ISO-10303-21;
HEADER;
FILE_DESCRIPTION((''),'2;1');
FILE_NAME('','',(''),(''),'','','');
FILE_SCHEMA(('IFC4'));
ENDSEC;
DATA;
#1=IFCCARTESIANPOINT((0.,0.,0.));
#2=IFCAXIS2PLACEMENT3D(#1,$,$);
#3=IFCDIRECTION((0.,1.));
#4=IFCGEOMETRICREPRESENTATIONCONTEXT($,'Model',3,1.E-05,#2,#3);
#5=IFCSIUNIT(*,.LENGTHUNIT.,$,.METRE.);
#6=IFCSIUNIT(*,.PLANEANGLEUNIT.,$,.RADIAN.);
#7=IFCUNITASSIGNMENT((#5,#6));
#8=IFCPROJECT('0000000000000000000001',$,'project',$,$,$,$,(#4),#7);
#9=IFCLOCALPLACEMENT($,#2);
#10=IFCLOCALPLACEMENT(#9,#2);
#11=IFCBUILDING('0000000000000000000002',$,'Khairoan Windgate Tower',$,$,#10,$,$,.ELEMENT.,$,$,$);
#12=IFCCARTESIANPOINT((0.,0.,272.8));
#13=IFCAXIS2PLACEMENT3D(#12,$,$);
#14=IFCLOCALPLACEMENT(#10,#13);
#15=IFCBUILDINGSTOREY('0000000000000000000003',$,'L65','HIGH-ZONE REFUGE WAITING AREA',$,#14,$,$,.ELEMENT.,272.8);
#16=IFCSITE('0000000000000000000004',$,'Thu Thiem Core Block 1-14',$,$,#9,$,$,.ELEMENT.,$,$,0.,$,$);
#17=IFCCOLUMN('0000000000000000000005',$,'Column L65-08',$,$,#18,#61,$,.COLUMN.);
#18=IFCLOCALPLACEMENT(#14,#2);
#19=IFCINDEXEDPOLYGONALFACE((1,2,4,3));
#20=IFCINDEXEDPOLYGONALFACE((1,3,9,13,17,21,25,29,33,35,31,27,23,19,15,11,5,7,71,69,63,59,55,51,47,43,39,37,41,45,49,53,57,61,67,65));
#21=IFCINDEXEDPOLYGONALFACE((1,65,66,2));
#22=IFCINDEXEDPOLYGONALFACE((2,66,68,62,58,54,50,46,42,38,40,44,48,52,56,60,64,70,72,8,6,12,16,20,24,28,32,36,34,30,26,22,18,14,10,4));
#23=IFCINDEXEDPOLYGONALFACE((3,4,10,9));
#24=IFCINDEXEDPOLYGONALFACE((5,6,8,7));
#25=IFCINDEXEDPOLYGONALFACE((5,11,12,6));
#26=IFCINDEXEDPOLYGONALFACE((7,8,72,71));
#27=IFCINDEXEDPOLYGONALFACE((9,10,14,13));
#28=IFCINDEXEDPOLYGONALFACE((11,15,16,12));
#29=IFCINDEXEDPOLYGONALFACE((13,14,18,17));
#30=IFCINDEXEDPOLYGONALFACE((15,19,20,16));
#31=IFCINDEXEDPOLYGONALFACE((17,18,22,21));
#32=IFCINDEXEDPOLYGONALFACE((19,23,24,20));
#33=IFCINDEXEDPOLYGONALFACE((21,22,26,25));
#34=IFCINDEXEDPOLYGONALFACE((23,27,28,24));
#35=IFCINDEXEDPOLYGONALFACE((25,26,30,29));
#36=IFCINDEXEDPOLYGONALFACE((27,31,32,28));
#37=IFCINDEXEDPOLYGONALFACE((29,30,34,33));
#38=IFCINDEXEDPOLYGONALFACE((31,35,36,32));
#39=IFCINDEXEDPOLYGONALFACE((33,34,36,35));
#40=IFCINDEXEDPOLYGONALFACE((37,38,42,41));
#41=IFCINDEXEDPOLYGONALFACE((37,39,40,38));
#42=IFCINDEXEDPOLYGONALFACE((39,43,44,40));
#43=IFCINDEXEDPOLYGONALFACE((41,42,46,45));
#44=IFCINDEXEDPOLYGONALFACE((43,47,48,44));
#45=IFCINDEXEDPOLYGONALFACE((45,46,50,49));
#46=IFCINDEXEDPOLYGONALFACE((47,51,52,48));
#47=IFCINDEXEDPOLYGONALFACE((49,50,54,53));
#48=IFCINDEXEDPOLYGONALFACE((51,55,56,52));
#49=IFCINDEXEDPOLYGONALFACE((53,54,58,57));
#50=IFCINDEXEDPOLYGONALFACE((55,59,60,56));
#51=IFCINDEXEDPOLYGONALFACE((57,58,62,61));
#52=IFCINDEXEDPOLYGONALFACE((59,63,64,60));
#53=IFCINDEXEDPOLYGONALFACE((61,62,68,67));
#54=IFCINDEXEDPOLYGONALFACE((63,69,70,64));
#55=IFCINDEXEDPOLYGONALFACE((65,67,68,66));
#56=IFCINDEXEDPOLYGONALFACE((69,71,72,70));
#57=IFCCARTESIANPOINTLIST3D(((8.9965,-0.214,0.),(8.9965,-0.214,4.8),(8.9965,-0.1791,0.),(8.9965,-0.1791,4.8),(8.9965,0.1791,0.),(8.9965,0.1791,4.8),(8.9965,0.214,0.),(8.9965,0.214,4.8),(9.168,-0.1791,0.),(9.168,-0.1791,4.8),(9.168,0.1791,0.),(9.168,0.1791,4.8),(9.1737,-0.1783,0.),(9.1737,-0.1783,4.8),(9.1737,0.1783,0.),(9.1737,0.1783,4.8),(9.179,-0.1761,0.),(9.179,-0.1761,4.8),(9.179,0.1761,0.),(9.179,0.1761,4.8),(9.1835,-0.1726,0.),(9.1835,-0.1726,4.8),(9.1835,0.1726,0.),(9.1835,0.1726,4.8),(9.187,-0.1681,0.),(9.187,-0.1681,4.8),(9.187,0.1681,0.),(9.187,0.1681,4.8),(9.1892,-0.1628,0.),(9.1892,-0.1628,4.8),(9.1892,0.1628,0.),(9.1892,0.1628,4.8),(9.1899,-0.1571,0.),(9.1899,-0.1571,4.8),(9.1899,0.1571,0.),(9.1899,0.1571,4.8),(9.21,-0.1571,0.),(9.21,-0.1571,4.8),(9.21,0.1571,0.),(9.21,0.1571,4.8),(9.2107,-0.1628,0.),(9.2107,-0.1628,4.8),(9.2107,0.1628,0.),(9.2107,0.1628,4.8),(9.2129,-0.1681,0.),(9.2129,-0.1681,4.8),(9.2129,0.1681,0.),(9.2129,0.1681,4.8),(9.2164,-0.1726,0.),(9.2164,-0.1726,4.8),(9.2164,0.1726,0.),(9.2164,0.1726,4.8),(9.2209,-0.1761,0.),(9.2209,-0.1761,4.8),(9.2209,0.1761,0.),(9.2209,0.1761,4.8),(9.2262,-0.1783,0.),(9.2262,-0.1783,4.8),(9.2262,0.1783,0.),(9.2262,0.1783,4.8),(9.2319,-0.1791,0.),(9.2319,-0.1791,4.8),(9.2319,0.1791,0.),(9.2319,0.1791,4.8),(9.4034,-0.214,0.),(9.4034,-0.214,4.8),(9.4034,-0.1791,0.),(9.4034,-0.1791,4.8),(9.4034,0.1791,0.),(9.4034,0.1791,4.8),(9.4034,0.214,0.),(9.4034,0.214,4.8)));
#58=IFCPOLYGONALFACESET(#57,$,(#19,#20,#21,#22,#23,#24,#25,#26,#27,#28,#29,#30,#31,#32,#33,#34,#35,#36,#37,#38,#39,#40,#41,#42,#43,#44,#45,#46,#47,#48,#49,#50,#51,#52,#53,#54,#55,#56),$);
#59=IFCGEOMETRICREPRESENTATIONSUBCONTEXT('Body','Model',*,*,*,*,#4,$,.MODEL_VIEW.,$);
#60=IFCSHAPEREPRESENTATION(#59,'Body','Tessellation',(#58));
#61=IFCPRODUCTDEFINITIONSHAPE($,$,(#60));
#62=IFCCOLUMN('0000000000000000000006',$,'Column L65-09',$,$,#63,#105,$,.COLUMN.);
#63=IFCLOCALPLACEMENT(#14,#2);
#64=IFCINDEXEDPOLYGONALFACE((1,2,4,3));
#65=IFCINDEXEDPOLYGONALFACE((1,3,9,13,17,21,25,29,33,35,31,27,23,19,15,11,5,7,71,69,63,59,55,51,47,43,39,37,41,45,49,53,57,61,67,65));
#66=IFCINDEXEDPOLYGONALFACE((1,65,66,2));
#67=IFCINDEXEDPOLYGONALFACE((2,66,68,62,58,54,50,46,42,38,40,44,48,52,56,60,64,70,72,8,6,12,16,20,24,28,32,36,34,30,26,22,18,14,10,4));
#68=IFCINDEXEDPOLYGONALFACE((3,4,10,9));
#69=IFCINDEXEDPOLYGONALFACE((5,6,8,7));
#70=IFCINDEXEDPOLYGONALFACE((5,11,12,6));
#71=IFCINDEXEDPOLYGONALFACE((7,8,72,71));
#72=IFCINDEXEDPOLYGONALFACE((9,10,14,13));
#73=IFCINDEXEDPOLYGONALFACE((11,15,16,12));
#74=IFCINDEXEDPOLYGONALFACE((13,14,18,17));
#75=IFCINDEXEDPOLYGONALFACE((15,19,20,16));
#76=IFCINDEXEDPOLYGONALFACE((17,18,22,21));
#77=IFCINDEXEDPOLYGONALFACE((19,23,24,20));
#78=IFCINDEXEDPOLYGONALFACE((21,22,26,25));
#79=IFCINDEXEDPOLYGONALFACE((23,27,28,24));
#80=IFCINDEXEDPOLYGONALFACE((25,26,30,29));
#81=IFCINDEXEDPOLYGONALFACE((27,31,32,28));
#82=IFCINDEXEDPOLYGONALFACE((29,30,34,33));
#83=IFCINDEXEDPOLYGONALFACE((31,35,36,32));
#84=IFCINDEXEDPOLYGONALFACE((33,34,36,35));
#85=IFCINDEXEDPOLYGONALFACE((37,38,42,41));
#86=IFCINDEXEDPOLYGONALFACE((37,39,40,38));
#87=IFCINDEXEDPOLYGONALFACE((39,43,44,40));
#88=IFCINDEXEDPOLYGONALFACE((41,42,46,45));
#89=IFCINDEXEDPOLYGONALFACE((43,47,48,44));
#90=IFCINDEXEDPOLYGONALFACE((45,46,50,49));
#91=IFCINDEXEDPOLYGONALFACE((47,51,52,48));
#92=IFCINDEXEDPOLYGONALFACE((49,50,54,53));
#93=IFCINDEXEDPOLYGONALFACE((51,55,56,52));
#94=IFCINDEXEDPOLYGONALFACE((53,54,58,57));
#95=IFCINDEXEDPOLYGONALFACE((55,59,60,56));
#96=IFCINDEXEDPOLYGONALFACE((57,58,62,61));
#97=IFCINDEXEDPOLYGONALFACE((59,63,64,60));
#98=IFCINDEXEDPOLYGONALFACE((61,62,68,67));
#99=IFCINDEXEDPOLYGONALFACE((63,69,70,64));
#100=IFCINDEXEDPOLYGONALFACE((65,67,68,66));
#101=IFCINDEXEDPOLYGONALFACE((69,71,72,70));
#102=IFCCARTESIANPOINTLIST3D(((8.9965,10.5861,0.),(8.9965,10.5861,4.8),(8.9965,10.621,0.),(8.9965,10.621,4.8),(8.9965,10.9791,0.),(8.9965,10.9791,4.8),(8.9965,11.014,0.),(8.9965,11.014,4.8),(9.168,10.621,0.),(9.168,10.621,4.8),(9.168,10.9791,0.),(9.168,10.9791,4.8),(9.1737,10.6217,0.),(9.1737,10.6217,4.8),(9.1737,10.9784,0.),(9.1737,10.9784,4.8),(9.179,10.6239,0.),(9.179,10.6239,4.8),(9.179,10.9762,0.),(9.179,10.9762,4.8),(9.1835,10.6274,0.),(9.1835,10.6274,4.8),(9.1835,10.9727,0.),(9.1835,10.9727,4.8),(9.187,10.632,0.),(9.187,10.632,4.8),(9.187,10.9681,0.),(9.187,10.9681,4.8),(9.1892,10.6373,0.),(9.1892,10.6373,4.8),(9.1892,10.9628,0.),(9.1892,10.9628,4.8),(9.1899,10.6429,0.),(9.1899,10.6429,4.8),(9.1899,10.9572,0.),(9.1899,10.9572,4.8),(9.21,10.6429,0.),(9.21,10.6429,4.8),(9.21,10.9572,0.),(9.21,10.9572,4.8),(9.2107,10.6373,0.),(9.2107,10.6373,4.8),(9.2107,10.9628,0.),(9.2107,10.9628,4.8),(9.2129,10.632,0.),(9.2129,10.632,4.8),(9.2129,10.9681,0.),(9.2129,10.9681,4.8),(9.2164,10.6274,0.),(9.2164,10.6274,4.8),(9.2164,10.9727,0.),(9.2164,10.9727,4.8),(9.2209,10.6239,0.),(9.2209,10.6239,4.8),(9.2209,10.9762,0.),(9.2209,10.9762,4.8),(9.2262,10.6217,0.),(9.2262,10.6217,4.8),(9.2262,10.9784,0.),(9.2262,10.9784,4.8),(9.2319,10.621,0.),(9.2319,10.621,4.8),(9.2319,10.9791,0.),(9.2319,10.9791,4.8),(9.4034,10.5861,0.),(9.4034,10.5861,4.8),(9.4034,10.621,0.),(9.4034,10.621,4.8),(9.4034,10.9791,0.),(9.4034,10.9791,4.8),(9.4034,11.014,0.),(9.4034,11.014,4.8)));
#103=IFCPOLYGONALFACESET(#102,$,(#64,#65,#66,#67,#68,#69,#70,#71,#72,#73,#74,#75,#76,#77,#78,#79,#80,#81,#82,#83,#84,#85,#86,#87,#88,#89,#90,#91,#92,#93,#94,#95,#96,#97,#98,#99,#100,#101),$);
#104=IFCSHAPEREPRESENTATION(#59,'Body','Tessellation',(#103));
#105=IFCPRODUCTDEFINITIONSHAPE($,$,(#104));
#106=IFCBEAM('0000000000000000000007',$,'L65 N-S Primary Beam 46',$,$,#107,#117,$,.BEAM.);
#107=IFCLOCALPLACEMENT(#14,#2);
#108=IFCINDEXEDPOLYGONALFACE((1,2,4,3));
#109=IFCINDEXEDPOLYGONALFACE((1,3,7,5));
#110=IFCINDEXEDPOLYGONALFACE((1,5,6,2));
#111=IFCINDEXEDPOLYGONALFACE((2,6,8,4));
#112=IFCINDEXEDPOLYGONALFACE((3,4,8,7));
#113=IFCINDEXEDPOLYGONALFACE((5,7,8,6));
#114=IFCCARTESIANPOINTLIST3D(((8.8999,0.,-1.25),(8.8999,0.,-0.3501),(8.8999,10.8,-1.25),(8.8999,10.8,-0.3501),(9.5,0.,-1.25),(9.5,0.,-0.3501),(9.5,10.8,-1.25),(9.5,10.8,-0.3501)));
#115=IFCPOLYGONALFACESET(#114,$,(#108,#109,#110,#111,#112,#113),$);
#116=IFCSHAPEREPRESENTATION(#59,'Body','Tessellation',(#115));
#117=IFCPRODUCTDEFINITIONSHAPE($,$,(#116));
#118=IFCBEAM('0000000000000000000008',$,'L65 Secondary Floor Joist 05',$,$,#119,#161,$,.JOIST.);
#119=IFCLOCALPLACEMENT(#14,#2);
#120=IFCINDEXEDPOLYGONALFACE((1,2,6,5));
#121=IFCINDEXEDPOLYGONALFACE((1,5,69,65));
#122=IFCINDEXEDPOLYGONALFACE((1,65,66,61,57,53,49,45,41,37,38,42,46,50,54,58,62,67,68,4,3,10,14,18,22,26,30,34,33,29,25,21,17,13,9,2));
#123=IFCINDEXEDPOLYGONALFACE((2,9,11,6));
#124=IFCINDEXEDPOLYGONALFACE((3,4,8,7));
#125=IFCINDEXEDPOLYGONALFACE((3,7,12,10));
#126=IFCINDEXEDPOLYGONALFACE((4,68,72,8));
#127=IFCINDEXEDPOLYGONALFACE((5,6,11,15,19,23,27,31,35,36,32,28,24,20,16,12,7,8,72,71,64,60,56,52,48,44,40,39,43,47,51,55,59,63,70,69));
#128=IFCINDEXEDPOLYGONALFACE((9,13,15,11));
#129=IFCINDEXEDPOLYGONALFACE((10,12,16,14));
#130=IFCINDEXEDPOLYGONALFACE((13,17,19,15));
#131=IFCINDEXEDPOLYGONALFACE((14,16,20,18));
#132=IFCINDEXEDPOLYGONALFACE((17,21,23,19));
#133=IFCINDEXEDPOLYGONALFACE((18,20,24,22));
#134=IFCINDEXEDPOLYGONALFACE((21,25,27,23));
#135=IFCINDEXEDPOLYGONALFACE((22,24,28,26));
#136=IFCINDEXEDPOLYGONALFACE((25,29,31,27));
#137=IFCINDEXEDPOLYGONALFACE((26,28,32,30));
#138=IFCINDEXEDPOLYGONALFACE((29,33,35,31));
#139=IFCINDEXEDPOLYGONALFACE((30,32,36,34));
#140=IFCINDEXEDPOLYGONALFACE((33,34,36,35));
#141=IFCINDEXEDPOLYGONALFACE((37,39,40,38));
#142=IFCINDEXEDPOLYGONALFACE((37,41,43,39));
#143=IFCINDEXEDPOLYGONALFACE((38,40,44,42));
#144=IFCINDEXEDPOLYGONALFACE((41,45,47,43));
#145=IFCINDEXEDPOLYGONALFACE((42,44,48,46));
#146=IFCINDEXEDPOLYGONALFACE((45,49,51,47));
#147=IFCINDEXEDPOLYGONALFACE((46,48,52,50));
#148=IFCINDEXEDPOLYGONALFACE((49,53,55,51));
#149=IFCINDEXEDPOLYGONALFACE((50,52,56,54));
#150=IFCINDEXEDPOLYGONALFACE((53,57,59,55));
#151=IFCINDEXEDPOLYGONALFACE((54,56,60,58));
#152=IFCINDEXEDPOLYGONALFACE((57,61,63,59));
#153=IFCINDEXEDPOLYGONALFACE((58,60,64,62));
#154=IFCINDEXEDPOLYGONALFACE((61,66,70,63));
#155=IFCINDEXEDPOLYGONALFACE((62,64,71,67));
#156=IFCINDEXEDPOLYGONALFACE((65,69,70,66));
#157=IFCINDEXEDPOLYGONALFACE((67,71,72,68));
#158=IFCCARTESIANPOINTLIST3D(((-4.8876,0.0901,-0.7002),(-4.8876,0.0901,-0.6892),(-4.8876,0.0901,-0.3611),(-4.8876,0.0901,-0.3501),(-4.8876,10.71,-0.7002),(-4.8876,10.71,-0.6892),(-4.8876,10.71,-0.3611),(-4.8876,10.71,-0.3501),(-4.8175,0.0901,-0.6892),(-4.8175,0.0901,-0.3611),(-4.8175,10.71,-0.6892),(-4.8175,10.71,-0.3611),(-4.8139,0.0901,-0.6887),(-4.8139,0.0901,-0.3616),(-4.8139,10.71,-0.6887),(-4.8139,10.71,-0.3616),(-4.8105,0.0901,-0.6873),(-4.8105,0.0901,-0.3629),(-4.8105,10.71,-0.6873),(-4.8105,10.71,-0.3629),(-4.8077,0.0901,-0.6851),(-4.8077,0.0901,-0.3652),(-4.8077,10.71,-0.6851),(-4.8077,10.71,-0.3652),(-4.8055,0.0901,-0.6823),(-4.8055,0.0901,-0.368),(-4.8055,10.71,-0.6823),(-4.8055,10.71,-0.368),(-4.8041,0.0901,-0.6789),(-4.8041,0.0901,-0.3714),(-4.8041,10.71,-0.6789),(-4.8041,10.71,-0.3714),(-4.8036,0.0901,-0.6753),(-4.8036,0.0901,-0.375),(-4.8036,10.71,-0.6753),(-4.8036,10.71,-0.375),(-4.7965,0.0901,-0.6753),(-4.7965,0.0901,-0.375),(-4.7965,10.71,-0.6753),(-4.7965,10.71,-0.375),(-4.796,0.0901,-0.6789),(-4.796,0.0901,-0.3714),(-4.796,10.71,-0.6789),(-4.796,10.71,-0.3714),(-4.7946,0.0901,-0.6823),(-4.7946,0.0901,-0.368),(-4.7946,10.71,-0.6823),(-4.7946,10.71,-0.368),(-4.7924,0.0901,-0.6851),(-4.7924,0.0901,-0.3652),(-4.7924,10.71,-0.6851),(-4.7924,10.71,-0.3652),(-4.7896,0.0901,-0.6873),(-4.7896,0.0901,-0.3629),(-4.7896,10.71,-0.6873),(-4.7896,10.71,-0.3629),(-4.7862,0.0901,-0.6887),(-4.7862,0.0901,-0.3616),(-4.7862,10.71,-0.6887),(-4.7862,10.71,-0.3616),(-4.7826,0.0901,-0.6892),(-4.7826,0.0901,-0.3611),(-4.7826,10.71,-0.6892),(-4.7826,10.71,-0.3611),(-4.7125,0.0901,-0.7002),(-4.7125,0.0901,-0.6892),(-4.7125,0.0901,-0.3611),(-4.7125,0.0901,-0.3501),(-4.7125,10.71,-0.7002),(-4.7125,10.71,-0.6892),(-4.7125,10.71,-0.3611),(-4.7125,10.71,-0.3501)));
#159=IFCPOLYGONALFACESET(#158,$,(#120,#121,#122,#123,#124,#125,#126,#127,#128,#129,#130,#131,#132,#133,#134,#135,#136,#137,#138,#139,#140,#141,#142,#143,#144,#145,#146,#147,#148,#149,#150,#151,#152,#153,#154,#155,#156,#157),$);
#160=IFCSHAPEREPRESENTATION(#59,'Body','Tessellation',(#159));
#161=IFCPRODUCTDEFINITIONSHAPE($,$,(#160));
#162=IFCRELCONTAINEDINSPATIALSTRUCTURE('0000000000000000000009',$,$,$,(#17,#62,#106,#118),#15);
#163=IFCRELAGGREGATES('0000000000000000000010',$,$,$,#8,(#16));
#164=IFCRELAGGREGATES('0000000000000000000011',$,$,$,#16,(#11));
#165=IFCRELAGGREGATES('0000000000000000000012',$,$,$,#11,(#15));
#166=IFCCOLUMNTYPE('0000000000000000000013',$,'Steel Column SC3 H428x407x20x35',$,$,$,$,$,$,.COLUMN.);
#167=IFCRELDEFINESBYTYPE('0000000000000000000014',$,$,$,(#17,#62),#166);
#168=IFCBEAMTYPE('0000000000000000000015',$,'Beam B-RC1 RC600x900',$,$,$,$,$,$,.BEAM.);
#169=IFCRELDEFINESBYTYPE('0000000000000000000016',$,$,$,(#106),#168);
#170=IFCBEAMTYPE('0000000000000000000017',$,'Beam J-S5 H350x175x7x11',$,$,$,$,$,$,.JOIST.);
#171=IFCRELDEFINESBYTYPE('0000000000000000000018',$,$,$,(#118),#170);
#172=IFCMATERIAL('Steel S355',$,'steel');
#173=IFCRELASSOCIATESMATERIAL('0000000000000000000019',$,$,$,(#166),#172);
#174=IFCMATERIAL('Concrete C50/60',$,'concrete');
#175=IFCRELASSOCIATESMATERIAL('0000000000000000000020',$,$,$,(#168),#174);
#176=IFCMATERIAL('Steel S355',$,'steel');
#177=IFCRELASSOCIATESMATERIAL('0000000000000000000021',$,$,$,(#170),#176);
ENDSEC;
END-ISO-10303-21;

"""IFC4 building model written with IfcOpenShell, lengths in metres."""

from ifc_helpers import new_model, si_unit, direction, frame, origin, origin_2d, place, context, subcontext, project, spatial, rectangle, i_section, extrude, material, material_profile, profile_set, type_object, element, save


model = new_model("IFC4")

# Units and contexts
model_context = context("Model", 3, precision=1e-05, world=origin(), true_north=direction((0.0, 1.0)))
body_context = subcontext(model_context, "Body", "Model", "MODEL_VIEW")
ifc_project = project(units=[si_unit("LENGTHUNIT", "METRE"), si_unit("PLANEANGLEUNIT", "RADIAN")], contexts=[model_context])

# Site, building, storey
site_placement = place(None, origin())
site = spatial("IfcSite", under=ifc_project, at=site_placement, Name="Thu Thiem Core Block 1-14", CompositionType="ELEMENT", RefElevation=0.0)
building_placement = place(site_placement, origin())
building = spatial("IfcBuilding", under=site, at=building_placement, Name="Khairoan Windgate Tower", CompositionType="ELEMENT")
storey_placement = place(building_placement, frame((0.0, 0.0, 272.8)))
storey = spatial("IfcBuildingStorey", under=building, at=storey_placement, Name="L65", Description="HIGH-ZONE REFUGE WAITING AREA", CompositionType="ELEMENT", Elevation=272.8)

# Columns
ifc_material_1 = material(Name="Steel S355", Category="steel")
ifc_material_profile_1 = material_profile(ifc_material_1, i_section(OverallWidth=0.407, OverallDepth=0.428, WebThickness=0.02, FlangeThickness=0.0349, FilletRadius=0.022, at=origin_2d()))
ifc_profile_set_1 = profile_set([ifc_material_profile_1], Name="Steel S355")
column_type = type_object("IfcColumnType", Name="Steel Column SC3 H428x407x20x35", PredefinedType="COLUMN", material=ifc_profile_set_1)
for number, where, z_axis, x_axis, name in (
    (1, (9.2, 0.0, 0.0), (0.0, 0.0, 1.0), (1.0, 0.0, 0.0), "Column L65-08"),
    (2, (9.2, 10.8, 0.0), (0.0, 0.0, 1.0), (1.0, 0.0, 0.0), "Column L65-09"),
):
    element("IfcColumn", number, at=place(storey_placement, frame(where, z_axis=z_axis, x_axis=x_axis)), inside=storey, type_object=column_type, Name=name, PredefinedType="COLUMN", context=body_context, shape_type="SweptSolid", body=[
        extrude(i_section(OverallWidth=0.407, OverallDepth=0.428, WebThickness=0.02, FlangeThickness=0.0349, FilletRadius=0.022, at=origin_2d()), origin(), (0.0, 0.0, 1.0), 4.8),
    ])

# Beams
ifc_material_2 = material(Name="Concrete C50/60", Category="concrete")
ifc_material_profile_2 = material_profile(ifc_material_2, rectangle(XDim=0.6001, YDim=0.8999, at=origin_2d()))
ifc_profile_set_2 = profile_set([ifc_material_profile_2], Name="Concrete C50/60")
beam_type_1 = type_object("IfcBeamType", Name="Beam B-RC1 RC600x900", PredefinedType="BEAM", material=ifc_profile_set_2)
beam_placement = place(storey_placement, frame((9.2, 0.0, -0.8), z_axis=(0.0, 1.0, 0.0), x_axis=(-1.0, 0.0, 0.0)))
element("IfcBeam", 3, at=beam_placement, inside=storey, type_object=beam_type_1, Name="L65 N-S Primary Beam 46", PredefinedType="BEAM", context=body_context, shape_type="SweptSolid", body=[
    extrude(rectangle(XDim=0.6001, YDim=0.8999, at=origin_2d()), origin(), (0.0, 0.0, 1.0), 10.8),
])
ifc_material_3 = material(Name="Steel S355", Category="steel")
ifc_material_profile_3 = material_profile(ifc_material_3, i_section(OverallWidth=0.175, OverallDepth=0.3501, WebThickness=0.0071, FlangeThickness=0.011, FilletRadius=0.0139, at=origin_2d()))
ifc_profile_set_3 = profile_set([ifc_material_profile_3], Name="Steel S355")
beam_type_2 = type_object("IfcBeamType", Name="Beam J-S5 H350x175x7x11", PredefinedType="JOIST", material=ifc_profile_set_3)
for number, where, z_axis, x_axis, name in (
    (4, (-4.8, 0.0901, -0.5251), (0.0, 1.0, 0.0), (-1.0, 0.0, 0.0), "L65 Secondary Floor Joist 05"),
):
    element("IfcBeam", number, at=place(storey_placement, frame(where, z_axis=z_axis, x_axis=x_axis)), inside=storey, type_object=beam_type_2, Name=name, PredefinedType="JOIST", context=body_context, shape_type="SweptSolid", body=[
        extrude(i_section(OverallWidth=0.175, OverallDepth=0.3501, WebThickness=0.0071, FlangeThickness=0.011, FilletRadius=0.0139, at=origin_2d()), origin(), (0.0, 0.0, 1.0), 10.6199),
    ])

save(model, "model.ifc")
